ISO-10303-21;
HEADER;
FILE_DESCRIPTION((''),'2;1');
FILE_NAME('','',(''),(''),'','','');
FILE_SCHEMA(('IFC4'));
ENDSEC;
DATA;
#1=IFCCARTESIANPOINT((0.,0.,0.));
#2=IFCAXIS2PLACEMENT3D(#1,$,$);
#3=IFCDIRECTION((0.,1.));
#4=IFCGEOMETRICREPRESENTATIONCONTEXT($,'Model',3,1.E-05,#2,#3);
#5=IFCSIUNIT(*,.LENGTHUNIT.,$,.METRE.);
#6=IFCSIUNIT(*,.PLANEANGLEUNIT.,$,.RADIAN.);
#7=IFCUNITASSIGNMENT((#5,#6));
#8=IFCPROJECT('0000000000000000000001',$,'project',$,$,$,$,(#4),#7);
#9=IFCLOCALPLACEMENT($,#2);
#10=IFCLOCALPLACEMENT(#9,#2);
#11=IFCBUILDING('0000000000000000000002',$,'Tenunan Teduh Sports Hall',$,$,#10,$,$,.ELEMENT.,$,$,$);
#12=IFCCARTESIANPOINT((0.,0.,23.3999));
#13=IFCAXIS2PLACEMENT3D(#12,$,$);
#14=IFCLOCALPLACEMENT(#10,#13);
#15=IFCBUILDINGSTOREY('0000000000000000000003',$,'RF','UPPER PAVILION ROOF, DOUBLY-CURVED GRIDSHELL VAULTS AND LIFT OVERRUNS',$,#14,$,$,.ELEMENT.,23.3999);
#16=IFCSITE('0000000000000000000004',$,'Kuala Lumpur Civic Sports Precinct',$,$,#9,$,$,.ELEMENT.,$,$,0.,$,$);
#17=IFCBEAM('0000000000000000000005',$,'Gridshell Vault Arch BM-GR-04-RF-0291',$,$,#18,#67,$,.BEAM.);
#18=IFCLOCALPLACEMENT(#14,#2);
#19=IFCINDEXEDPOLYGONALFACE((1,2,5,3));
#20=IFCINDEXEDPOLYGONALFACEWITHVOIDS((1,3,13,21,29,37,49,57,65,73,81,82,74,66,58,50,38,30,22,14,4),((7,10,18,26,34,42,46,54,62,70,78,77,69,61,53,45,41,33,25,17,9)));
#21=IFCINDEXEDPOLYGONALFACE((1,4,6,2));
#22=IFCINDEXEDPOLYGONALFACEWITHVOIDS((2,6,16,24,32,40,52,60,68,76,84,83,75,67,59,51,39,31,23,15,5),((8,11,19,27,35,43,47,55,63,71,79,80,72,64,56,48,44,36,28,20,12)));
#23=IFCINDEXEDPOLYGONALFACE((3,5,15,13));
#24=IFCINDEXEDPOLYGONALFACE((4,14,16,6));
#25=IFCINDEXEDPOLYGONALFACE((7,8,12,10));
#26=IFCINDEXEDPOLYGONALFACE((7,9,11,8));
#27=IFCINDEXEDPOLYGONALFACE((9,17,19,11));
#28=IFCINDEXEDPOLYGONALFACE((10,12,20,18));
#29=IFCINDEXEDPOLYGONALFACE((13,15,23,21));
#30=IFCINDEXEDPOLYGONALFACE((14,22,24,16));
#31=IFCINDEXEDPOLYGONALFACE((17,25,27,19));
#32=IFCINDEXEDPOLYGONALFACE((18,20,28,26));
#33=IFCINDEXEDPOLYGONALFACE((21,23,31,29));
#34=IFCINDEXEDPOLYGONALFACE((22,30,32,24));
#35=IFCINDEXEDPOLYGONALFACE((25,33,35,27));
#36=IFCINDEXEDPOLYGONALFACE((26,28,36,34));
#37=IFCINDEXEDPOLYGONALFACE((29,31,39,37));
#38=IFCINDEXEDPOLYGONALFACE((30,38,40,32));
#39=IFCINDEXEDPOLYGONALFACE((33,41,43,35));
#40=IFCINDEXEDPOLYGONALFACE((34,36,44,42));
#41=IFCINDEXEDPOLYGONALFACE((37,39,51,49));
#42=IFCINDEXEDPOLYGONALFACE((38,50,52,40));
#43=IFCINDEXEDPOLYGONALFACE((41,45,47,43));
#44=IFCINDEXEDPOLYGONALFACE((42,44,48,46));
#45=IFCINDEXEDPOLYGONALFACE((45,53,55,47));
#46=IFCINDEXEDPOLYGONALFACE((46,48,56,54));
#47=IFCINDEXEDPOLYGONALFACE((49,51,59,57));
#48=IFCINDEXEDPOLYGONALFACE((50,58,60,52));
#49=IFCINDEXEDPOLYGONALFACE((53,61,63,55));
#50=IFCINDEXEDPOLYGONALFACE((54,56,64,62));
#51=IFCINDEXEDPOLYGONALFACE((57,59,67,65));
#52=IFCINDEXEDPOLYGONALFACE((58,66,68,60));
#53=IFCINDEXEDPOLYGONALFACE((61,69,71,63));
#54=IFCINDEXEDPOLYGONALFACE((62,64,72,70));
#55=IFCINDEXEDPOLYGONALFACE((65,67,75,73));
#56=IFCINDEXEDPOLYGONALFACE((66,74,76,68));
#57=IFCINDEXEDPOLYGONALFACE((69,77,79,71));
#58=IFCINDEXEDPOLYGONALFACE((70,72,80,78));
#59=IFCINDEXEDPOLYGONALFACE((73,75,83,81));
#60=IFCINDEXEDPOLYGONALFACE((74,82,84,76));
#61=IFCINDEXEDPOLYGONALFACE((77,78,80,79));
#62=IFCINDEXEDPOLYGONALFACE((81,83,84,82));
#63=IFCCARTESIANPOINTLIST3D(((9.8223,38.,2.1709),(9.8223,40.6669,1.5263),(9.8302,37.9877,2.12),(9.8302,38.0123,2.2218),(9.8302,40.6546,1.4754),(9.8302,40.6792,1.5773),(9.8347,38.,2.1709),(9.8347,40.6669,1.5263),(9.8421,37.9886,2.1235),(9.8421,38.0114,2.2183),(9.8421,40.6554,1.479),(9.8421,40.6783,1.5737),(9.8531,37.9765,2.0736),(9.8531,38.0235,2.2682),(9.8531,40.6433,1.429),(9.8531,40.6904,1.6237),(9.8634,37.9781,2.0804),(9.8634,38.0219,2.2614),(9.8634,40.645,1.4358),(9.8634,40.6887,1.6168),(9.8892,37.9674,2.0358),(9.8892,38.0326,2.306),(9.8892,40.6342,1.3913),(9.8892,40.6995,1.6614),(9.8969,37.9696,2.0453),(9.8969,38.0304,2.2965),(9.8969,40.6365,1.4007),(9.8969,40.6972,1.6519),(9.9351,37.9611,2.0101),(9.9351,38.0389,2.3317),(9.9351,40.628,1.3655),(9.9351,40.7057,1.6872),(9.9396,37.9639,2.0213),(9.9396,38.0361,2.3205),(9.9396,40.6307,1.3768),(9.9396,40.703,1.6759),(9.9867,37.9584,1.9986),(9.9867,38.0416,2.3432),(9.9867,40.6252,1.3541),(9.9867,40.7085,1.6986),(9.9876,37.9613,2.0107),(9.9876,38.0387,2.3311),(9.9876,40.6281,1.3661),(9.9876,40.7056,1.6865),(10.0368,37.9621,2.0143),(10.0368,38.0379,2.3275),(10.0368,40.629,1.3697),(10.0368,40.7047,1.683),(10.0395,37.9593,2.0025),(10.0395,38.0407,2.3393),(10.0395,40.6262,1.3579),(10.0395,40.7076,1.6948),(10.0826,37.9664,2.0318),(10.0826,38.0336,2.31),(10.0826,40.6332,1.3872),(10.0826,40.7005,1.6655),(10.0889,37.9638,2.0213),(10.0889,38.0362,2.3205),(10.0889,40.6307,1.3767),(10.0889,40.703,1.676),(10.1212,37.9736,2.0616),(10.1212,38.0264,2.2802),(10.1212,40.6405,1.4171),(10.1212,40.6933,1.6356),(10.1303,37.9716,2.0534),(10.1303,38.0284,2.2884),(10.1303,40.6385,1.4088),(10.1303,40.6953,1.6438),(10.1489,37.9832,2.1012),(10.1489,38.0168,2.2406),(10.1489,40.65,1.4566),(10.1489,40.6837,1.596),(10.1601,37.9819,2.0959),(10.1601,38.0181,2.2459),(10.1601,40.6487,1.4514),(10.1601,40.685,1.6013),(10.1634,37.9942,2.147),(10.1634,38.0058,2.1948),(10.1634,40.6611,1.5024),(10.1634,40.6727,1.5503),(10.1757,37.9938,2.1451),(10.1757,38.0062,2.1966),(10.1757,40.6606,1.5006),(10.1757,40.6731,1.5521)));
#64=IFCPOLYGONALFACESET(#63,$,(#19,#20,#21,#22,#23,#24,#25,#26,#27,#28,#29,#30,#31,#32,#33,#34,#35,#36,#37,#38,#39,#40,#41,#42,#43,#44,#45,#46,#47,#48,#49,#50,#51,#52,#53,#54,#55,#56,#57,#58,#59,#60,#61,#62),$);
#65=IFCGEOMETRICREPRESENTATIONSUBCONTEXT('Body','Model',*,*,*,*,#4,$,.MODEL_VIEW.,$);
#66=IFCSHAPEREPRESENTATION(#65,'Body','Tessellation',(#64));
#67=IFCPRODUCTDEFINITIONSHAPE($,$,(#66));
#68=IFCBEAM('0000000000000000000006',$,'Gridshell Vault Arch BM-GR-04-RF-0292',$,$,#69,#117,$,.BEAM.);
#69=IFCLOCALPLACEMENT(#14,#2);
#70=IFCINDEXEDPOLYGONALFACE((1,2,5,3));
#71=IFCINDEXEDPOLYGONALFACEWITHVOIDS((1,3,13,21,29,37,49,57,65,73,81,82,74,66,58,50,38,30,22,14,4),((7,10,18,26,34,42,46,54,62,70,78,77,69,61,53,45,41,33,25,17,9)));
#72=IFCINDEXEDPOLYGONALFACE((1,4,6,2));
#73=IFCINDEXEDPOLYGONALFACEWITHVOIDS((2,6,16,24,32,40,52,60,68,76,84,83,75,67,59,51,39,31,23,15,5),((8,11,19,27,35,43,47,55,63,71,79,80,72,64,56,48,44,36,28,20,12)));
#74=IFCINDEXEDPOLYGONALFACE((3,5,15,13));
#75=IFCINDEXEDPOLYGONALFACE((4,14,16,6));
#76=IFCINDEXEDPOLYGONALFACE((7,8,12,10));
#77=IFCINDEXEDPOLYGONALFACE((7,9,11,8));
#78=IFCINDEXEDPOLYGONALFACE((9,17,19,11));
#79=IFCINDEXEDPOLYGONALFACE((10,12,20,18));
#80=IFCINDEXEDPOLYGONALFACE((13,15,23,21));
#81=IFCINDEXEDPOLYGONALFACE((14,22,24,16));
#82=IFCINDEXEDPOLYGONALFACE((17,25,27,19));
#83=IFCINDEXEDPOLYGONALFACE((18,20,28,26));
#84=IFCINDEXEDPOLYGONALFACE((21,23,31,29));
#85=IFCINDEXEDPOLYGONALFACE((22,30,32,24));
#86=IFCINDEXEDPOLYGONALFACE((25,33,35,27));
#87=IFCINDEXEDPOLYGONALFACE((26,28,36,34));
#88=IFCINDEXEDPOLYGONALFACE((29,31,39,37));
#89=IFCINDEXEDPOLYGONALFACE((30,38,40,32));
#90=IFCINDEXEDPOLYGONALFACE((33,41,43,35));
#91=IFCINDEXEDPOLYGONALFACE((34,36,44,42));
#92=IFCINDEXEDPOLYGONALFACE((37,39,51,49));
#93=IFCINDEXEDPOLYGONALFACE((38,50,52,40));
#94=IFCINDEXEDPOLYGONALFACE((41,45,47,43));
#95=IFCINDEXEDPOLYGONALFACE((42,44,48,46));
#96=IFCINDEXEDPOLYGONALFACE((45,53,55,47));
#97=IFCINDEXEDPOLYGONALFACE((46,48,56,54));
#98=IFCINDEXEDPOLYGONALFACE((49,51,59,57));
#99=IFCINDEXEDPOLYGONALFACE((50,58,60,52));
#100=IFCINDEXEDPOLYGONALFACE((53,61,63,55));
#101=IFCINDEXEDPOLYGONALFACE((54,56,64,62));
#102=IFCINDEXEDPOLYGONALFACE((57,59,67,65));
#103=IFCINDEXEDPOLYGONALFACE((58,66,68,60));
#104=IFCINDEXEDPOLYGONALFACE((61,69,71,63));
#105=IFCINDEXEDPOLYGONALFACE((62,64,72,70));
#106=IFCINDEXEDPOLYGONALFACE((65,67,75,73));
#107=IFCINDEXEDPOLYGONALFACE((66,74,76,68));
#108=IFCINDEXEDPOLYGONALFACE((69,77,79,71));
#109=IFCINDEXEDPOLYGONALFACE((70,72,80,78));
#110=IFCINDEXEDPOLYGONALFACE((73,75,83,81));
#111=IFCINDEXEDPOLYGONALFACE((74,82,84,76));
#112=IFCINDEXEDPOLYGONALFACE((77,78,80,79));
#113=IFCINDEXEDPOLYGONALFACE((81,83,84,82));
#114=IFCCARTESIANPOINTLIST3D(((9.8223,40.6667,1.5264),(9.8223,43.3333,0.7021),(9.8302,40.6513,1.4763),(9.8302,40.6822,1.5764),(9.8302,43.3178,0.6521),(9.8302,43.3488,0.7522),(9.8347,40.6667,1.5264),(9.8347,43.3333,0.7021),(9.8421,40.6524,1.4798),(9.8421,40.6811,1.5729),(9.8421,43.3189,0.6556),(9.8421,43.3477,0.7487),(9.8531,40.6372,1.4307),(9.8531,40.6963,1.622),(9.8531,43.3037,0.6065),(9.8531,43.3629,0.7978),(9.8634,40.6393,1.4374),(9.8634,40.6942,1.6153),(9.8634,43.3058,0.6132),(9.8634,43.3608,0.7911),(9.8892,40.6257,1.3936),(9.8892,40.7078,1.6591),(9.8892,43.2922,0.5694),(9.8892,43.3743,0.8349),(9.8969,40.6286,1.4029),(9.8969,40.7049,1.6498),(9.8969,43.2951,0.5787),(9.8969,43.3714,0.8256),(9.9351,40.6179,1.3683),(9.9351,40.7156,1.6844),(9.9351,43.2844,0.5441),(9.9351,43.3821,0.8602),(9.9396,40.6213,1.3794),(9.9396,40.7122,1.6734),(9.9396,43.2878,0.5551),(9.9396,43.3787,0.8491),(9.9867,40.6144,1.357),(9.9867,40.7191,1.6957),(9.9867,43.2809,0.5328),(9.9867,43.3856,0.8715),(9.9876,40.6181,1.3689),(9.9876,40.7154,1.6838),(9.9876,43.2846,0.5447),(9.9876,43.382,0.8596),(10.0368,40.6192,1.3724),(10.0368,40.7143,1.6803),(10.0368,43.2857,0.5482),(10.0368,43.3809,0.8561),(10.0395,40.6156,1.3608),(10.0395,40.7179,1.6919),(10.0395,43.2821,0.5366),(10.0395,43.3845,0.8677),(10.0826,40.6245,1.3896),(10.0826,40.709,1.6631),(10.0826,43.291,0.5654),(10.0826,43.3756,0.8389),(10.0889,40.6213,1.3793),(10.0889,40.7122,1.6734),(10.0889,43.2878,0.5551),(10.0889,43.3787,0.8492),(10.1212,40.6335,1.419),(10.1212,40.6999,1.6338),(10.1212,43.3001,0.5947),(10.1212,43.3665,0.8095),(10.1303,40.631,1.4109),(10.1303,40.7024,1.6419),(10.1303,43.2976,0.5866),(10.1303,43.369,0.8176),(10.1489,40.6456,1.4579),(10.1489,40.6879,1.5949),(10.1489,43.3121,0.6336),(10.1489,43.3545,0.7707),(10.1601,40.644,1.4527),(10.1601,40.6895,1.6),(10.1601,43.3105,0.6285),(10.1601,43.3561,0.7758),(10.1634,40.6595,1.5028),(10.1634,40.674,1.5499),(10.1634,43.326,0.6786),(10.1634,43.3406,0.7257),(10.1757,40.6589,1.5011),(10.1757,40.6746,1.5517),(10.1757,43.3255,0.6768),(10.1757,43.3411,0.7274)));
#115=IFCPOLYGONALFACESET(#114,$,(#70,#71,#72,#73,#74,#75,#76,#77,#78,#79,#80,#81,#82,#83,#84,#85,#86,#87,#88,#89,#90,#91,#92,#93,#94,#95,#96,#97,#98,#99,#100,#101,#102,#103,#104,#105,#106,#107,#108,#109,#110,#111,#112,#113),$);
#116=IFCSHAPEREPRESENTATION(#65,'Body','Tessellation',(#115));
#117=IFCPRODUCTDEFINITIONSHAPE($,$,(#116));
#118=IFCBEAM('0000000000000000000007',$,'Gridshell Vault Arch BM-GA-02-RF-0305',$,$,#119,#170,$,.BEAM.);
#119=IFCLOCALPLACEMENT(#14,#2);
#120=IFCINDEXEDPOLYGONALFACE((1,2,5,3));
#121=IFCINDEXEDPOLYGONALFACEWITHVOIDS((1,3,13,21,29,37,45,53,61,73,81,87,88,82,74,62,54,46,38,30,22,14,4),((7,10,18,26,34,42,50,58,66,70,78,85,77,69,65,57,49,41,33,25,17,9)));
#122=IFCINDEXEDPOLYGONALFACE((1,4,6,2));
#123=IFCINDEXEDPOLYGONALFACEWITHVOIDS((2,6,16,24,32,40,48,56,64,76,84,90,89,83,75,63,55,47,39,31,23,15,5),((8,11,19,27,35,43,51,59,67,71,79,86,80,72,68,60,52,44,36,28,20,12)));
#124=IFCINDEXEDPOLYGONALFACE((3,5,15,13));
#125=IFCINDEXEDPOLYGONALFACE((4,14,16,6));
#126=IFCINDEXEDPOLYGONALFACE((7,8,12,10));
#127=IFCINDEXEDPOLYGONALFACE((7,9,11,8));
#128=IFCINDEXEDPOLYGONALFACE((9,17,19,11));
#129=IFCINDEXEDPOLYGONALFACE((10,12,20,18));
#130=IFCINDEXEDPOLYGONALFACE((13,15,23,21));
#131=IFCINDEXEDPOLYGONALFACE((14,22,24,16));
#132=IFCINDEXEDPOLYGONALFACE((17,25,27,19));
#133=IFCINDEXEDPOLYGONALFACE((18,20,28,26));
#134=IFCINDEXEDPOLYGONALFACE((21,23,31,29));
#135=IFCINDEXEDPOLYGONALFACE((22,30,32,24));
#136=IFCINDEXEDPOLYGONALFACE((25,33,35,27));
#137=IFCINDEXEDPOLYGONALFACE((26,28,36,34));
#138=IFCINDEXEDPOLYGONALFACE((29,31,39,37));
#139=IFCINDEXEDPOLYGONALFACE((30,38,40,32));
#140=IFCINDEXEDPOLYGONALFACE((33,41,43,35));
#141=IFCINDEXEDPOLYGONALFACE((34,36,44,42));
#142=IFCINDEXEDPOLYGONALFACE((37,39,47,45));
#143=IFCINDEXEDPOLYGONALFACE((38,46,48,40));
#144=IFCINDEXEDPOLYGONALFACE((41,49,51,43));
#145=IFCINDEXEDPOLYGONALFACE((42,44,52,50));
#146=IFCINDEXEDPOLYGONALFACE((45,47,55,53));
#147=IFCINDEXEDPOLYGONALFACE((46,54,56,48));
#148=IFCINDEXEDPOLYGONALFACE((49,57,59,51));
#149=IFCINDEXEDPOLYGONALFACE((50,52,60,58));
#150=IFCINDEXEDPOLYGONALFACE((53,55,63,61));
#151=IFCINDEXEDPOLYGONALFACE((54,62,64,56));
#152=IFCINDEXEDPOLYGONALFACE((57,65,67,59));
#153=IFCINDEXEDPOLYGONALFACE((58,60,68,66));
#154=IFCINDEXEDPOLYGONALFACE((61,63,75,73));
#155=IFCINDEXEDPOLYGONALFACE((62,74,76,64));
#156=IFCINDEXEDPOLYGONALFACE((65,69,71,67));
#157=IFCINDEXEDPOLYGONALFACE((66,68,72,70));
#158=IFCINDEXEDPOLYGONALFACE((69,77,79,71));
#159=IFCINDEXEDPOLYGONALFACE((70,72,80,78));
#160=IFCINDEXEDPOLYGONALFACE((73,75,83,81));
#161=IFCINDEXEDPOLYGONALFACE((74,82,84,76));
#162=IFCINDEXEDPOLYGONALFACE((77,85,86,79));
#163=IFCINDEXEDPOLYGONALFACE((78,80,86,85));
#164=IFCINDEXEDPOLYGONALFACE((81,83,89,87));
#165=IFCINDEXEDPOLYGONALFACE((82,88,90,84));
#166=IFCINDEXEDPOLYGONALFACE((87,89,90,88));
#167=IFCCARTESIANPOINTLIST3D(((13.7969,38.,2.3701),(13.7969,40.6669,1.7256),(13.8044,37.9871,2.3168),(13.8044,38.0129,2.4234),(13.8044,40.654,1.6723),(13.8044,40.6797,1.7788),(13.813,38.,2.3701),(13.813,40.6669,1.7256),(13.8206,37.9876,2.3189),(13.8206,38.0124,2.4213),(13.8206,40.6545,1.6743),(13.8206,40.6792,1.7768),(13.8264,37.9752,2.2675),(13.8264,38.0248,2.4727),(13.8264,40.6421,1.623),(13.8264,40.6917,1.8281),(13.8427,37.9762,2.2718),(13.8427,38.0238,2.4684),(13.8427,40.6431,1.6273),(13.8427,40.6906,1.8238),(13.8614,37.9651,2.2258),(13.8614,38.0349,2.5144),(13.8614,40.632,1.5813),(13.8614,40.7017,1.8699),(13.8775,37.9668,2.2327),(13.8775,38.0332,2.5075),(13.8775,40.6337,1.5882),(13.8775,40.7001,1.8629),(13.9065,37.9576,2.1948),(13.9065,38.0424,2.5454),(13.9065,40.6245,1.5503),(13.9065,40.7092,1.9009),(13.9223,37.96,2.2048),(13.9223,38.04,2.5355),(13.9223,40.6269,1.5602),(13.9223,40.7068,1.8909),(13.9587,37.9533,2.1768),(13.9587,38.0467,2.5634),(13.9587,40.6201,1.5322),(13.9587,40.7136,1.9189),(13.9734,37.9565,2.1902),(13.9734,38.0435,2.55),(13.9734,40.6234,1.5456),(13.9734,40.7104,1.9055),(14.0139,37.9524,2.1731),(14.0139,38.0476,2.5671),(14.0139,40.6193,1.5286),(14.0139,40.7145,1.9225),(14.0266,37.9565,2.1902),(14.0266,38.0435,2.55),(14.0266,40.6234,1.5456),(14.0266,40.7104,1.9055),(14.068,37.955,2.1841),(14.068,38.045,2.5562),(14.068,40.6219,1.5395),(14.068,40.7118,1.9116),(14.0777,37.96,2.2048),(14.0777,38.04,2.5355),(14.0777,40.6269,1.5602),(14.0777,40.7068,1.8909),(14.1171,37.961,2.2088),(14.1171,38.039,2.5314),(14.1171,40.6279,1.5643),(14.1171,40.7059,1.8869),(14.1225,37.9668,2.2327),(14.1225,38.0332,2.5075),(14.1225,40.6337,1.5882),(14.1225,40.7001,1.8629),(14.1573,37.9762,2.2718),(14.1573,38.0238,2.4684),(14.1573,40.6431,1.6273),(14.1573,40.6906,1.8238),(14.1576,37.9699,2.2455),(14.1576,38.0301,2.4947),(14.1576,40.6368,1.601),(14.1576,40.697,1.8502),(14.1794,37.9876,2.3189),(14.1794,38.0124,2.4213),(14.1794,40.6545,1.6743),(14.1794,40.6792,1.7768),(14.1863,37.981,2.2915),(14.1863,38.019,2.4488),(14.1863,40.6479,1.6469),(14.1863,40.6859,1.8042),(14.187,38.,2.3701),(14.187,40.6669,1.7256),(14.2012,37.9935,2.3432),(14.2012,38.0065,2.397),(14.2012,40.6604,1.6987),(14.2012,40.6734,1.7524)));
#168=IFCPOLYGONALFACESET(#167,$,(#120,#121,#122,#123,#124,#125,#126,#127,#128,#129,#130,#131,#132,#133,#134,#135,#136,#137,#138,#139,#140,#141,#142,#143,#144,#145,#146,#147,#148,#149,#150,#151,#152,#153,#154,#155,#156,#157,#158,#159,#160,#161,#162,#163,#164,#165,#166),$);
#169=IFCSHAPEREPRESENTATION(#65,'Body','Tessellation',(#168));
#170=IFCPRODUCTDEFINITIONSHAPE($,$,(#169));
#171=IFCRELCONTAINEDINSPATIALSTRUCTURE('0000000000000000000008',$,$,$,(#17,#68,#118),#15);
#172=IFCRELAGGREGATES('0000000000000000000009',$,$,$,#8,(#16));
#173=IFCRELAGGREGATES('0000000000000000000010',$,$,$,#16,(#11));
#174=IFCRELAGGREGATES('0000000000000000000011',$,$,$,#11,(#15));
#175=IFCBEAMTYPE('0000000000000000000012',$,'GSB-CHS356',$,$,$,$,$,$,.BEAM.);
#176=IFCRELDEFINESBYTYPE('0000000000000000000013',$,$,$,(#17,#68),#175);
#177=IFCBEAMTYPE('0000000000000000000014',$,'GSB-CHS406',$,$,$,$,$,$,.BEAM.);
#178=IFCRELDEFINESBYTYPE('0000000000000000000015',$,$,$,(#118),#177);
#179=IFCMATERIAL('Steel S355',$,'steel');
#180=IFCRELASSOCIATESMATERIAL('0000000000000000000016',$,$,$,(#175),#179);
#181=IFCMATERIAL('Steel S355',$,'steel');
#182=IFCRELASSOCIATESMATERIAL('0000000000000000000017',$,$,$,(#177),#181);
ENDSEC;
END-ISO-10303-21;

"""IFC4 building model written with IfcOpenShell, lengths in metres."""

from ifc_helpers import new_model, si_unit, direction, frame, origin, origin_2d, place, context, subcontext, project, spatial, hollow_circle, extrude, material, material_profile, profile_set, type_object, element, save


model = new_model("IFC4")

# Units and contexts
model_context = context("Model", 3, precision=1e-05, world=origin(), true_north=direction((0.0, 1.0)))
body_context = subcontext(model_context, "Body", "Model", "MODEL_VIEW")
ifc_project = project(units=[si_unit("LENGTHUNIT", "METRE"), si_unit("PLANEANGLEUNIT", "RADIAN")], contexts=[model_context])

# Site, building, storey
site_placement = place(None, origin())
site = spatial("IfcSite", under=ifc_project, at=site_placement, Name="Kuala Lumpur Civic Sports Precinct", CompositionType="ELEMENT", RefElevation=0.0)
building_placement = place(site_placement, origin())
building = spatial("IfcBuilding", under=site, at=building_placement, Name="Tenunan Teduh Sports Hall", CompositionType="ELEMENT")
storey_placement = place(building_placement, frame((0.0, 0.0, 23.3999)))
storey = spatial("IfcBuildingStorey", under=building, at=storey_placement, Name="RF", Description="UPPER PAVILION ROOF, DOUBLY-CURVED GRIDSHELL VAULTS AND LIFT OVERRUNS", CompositionType="ELEMENT", Elevation=23.3999)

# Beams
ifc_material_1 = material(Name="Steel S355", Category="steel")
ifc_material_profile_1 = material_profile(ifc_material_1, hollow_circle(Radius=0.1777, WallThickness=0.0125, at=origin_2d()), Name="CHS 355.6x12.5")
ifc_profile_set_1 = profile_set([ifc_material_profile_1], Name="Steel S355")
beam_type_1 = type_object("IfcBeamType", Name="GSB-CHS356", PredefinedType="BEAM", material=ifc_profile_set_1)
beam_1_placement = place(storey_placement, frame((10.0, 38.0, 2.1709), z_axis=(0.0, 0.972013, -0.234928), x_axis=(-1.0, 0.0, 0.0)))
element("IfcBeam", 1, at=beam_1_placement, inside=storey, type_object=beam_type_1, Name="Gridshell Vault Arch BM-GR-04-RF-0291", PredefinedType="BEAM", context=body_context, shape_type="SweptSolid", body=[
    extrude(hollow_circle(Radius=0.1777, WallThickness=0.0125, at=origin_2d()), origin(), (0.0, 0.0, 1.0), 2.7437),
])
beam_2_placement = place(storey_placement, frame((10.0, 40.6667, 1.5264), z_axis=(0.0, 0.9554, -0.295315), x_axis=(-1.0, 0.0, 0.0)))
element("IfcBeam", 2, at=beam_2_placement, inside=storey, type_object=beam_type_1, Name="Gridshell Vault Arch BM-GR-04-RF-0292", PredefinedType="BEAM", context=body_context, shape_type="SweptSolid", body=[
    extrude(hollow_circle(Radius=0.1777, WallThickness=0.0125, at=origin_2d()), origin(), (0.0, 0.0, 1.0), 2.791),
])
ifc_material_2 = material(Name="Steel S355", Category="steel")
ifc_material_profile_2 = material_profile(ifc_material_2, hollow_circle(Radius=0.2031, WallThickness=0.0161, at=origin_2d()), Name="CHS 406.4x16.0")
ifc_profile_set_2 = profile_set([ifc_material_profile_2], Name="Steel S355")
beam_type_2 = type_object("IfcBeamType", Name="GSB-CHS406", PredefinedType="BEAM", material=ifc_profile_set_2)
beam_3_placement = place(storey_placement, frame((14.0, 38.0, 2.3701), z_axis=(0.0, 0.972013, -0.234928), x_axis=(-1.0, 0.0, 0.0)))
element("IfcBeam", 3, at=beam_3_placement, inside=storey, type_object=beam_type_2, Name="Gridshell Vault Arch BM-GA-02-RF-0305", PredefinedType="BEAM", context=body_context, shape_type="SweptSolid", body=[
    extrude(hollow_circle(Radius=0.2031, WallThickness=0.0161, at=origin_2d()), origin(), (0.0, 0.0, 1.0), 2.7437),
])

save(model, "model.ifc")
